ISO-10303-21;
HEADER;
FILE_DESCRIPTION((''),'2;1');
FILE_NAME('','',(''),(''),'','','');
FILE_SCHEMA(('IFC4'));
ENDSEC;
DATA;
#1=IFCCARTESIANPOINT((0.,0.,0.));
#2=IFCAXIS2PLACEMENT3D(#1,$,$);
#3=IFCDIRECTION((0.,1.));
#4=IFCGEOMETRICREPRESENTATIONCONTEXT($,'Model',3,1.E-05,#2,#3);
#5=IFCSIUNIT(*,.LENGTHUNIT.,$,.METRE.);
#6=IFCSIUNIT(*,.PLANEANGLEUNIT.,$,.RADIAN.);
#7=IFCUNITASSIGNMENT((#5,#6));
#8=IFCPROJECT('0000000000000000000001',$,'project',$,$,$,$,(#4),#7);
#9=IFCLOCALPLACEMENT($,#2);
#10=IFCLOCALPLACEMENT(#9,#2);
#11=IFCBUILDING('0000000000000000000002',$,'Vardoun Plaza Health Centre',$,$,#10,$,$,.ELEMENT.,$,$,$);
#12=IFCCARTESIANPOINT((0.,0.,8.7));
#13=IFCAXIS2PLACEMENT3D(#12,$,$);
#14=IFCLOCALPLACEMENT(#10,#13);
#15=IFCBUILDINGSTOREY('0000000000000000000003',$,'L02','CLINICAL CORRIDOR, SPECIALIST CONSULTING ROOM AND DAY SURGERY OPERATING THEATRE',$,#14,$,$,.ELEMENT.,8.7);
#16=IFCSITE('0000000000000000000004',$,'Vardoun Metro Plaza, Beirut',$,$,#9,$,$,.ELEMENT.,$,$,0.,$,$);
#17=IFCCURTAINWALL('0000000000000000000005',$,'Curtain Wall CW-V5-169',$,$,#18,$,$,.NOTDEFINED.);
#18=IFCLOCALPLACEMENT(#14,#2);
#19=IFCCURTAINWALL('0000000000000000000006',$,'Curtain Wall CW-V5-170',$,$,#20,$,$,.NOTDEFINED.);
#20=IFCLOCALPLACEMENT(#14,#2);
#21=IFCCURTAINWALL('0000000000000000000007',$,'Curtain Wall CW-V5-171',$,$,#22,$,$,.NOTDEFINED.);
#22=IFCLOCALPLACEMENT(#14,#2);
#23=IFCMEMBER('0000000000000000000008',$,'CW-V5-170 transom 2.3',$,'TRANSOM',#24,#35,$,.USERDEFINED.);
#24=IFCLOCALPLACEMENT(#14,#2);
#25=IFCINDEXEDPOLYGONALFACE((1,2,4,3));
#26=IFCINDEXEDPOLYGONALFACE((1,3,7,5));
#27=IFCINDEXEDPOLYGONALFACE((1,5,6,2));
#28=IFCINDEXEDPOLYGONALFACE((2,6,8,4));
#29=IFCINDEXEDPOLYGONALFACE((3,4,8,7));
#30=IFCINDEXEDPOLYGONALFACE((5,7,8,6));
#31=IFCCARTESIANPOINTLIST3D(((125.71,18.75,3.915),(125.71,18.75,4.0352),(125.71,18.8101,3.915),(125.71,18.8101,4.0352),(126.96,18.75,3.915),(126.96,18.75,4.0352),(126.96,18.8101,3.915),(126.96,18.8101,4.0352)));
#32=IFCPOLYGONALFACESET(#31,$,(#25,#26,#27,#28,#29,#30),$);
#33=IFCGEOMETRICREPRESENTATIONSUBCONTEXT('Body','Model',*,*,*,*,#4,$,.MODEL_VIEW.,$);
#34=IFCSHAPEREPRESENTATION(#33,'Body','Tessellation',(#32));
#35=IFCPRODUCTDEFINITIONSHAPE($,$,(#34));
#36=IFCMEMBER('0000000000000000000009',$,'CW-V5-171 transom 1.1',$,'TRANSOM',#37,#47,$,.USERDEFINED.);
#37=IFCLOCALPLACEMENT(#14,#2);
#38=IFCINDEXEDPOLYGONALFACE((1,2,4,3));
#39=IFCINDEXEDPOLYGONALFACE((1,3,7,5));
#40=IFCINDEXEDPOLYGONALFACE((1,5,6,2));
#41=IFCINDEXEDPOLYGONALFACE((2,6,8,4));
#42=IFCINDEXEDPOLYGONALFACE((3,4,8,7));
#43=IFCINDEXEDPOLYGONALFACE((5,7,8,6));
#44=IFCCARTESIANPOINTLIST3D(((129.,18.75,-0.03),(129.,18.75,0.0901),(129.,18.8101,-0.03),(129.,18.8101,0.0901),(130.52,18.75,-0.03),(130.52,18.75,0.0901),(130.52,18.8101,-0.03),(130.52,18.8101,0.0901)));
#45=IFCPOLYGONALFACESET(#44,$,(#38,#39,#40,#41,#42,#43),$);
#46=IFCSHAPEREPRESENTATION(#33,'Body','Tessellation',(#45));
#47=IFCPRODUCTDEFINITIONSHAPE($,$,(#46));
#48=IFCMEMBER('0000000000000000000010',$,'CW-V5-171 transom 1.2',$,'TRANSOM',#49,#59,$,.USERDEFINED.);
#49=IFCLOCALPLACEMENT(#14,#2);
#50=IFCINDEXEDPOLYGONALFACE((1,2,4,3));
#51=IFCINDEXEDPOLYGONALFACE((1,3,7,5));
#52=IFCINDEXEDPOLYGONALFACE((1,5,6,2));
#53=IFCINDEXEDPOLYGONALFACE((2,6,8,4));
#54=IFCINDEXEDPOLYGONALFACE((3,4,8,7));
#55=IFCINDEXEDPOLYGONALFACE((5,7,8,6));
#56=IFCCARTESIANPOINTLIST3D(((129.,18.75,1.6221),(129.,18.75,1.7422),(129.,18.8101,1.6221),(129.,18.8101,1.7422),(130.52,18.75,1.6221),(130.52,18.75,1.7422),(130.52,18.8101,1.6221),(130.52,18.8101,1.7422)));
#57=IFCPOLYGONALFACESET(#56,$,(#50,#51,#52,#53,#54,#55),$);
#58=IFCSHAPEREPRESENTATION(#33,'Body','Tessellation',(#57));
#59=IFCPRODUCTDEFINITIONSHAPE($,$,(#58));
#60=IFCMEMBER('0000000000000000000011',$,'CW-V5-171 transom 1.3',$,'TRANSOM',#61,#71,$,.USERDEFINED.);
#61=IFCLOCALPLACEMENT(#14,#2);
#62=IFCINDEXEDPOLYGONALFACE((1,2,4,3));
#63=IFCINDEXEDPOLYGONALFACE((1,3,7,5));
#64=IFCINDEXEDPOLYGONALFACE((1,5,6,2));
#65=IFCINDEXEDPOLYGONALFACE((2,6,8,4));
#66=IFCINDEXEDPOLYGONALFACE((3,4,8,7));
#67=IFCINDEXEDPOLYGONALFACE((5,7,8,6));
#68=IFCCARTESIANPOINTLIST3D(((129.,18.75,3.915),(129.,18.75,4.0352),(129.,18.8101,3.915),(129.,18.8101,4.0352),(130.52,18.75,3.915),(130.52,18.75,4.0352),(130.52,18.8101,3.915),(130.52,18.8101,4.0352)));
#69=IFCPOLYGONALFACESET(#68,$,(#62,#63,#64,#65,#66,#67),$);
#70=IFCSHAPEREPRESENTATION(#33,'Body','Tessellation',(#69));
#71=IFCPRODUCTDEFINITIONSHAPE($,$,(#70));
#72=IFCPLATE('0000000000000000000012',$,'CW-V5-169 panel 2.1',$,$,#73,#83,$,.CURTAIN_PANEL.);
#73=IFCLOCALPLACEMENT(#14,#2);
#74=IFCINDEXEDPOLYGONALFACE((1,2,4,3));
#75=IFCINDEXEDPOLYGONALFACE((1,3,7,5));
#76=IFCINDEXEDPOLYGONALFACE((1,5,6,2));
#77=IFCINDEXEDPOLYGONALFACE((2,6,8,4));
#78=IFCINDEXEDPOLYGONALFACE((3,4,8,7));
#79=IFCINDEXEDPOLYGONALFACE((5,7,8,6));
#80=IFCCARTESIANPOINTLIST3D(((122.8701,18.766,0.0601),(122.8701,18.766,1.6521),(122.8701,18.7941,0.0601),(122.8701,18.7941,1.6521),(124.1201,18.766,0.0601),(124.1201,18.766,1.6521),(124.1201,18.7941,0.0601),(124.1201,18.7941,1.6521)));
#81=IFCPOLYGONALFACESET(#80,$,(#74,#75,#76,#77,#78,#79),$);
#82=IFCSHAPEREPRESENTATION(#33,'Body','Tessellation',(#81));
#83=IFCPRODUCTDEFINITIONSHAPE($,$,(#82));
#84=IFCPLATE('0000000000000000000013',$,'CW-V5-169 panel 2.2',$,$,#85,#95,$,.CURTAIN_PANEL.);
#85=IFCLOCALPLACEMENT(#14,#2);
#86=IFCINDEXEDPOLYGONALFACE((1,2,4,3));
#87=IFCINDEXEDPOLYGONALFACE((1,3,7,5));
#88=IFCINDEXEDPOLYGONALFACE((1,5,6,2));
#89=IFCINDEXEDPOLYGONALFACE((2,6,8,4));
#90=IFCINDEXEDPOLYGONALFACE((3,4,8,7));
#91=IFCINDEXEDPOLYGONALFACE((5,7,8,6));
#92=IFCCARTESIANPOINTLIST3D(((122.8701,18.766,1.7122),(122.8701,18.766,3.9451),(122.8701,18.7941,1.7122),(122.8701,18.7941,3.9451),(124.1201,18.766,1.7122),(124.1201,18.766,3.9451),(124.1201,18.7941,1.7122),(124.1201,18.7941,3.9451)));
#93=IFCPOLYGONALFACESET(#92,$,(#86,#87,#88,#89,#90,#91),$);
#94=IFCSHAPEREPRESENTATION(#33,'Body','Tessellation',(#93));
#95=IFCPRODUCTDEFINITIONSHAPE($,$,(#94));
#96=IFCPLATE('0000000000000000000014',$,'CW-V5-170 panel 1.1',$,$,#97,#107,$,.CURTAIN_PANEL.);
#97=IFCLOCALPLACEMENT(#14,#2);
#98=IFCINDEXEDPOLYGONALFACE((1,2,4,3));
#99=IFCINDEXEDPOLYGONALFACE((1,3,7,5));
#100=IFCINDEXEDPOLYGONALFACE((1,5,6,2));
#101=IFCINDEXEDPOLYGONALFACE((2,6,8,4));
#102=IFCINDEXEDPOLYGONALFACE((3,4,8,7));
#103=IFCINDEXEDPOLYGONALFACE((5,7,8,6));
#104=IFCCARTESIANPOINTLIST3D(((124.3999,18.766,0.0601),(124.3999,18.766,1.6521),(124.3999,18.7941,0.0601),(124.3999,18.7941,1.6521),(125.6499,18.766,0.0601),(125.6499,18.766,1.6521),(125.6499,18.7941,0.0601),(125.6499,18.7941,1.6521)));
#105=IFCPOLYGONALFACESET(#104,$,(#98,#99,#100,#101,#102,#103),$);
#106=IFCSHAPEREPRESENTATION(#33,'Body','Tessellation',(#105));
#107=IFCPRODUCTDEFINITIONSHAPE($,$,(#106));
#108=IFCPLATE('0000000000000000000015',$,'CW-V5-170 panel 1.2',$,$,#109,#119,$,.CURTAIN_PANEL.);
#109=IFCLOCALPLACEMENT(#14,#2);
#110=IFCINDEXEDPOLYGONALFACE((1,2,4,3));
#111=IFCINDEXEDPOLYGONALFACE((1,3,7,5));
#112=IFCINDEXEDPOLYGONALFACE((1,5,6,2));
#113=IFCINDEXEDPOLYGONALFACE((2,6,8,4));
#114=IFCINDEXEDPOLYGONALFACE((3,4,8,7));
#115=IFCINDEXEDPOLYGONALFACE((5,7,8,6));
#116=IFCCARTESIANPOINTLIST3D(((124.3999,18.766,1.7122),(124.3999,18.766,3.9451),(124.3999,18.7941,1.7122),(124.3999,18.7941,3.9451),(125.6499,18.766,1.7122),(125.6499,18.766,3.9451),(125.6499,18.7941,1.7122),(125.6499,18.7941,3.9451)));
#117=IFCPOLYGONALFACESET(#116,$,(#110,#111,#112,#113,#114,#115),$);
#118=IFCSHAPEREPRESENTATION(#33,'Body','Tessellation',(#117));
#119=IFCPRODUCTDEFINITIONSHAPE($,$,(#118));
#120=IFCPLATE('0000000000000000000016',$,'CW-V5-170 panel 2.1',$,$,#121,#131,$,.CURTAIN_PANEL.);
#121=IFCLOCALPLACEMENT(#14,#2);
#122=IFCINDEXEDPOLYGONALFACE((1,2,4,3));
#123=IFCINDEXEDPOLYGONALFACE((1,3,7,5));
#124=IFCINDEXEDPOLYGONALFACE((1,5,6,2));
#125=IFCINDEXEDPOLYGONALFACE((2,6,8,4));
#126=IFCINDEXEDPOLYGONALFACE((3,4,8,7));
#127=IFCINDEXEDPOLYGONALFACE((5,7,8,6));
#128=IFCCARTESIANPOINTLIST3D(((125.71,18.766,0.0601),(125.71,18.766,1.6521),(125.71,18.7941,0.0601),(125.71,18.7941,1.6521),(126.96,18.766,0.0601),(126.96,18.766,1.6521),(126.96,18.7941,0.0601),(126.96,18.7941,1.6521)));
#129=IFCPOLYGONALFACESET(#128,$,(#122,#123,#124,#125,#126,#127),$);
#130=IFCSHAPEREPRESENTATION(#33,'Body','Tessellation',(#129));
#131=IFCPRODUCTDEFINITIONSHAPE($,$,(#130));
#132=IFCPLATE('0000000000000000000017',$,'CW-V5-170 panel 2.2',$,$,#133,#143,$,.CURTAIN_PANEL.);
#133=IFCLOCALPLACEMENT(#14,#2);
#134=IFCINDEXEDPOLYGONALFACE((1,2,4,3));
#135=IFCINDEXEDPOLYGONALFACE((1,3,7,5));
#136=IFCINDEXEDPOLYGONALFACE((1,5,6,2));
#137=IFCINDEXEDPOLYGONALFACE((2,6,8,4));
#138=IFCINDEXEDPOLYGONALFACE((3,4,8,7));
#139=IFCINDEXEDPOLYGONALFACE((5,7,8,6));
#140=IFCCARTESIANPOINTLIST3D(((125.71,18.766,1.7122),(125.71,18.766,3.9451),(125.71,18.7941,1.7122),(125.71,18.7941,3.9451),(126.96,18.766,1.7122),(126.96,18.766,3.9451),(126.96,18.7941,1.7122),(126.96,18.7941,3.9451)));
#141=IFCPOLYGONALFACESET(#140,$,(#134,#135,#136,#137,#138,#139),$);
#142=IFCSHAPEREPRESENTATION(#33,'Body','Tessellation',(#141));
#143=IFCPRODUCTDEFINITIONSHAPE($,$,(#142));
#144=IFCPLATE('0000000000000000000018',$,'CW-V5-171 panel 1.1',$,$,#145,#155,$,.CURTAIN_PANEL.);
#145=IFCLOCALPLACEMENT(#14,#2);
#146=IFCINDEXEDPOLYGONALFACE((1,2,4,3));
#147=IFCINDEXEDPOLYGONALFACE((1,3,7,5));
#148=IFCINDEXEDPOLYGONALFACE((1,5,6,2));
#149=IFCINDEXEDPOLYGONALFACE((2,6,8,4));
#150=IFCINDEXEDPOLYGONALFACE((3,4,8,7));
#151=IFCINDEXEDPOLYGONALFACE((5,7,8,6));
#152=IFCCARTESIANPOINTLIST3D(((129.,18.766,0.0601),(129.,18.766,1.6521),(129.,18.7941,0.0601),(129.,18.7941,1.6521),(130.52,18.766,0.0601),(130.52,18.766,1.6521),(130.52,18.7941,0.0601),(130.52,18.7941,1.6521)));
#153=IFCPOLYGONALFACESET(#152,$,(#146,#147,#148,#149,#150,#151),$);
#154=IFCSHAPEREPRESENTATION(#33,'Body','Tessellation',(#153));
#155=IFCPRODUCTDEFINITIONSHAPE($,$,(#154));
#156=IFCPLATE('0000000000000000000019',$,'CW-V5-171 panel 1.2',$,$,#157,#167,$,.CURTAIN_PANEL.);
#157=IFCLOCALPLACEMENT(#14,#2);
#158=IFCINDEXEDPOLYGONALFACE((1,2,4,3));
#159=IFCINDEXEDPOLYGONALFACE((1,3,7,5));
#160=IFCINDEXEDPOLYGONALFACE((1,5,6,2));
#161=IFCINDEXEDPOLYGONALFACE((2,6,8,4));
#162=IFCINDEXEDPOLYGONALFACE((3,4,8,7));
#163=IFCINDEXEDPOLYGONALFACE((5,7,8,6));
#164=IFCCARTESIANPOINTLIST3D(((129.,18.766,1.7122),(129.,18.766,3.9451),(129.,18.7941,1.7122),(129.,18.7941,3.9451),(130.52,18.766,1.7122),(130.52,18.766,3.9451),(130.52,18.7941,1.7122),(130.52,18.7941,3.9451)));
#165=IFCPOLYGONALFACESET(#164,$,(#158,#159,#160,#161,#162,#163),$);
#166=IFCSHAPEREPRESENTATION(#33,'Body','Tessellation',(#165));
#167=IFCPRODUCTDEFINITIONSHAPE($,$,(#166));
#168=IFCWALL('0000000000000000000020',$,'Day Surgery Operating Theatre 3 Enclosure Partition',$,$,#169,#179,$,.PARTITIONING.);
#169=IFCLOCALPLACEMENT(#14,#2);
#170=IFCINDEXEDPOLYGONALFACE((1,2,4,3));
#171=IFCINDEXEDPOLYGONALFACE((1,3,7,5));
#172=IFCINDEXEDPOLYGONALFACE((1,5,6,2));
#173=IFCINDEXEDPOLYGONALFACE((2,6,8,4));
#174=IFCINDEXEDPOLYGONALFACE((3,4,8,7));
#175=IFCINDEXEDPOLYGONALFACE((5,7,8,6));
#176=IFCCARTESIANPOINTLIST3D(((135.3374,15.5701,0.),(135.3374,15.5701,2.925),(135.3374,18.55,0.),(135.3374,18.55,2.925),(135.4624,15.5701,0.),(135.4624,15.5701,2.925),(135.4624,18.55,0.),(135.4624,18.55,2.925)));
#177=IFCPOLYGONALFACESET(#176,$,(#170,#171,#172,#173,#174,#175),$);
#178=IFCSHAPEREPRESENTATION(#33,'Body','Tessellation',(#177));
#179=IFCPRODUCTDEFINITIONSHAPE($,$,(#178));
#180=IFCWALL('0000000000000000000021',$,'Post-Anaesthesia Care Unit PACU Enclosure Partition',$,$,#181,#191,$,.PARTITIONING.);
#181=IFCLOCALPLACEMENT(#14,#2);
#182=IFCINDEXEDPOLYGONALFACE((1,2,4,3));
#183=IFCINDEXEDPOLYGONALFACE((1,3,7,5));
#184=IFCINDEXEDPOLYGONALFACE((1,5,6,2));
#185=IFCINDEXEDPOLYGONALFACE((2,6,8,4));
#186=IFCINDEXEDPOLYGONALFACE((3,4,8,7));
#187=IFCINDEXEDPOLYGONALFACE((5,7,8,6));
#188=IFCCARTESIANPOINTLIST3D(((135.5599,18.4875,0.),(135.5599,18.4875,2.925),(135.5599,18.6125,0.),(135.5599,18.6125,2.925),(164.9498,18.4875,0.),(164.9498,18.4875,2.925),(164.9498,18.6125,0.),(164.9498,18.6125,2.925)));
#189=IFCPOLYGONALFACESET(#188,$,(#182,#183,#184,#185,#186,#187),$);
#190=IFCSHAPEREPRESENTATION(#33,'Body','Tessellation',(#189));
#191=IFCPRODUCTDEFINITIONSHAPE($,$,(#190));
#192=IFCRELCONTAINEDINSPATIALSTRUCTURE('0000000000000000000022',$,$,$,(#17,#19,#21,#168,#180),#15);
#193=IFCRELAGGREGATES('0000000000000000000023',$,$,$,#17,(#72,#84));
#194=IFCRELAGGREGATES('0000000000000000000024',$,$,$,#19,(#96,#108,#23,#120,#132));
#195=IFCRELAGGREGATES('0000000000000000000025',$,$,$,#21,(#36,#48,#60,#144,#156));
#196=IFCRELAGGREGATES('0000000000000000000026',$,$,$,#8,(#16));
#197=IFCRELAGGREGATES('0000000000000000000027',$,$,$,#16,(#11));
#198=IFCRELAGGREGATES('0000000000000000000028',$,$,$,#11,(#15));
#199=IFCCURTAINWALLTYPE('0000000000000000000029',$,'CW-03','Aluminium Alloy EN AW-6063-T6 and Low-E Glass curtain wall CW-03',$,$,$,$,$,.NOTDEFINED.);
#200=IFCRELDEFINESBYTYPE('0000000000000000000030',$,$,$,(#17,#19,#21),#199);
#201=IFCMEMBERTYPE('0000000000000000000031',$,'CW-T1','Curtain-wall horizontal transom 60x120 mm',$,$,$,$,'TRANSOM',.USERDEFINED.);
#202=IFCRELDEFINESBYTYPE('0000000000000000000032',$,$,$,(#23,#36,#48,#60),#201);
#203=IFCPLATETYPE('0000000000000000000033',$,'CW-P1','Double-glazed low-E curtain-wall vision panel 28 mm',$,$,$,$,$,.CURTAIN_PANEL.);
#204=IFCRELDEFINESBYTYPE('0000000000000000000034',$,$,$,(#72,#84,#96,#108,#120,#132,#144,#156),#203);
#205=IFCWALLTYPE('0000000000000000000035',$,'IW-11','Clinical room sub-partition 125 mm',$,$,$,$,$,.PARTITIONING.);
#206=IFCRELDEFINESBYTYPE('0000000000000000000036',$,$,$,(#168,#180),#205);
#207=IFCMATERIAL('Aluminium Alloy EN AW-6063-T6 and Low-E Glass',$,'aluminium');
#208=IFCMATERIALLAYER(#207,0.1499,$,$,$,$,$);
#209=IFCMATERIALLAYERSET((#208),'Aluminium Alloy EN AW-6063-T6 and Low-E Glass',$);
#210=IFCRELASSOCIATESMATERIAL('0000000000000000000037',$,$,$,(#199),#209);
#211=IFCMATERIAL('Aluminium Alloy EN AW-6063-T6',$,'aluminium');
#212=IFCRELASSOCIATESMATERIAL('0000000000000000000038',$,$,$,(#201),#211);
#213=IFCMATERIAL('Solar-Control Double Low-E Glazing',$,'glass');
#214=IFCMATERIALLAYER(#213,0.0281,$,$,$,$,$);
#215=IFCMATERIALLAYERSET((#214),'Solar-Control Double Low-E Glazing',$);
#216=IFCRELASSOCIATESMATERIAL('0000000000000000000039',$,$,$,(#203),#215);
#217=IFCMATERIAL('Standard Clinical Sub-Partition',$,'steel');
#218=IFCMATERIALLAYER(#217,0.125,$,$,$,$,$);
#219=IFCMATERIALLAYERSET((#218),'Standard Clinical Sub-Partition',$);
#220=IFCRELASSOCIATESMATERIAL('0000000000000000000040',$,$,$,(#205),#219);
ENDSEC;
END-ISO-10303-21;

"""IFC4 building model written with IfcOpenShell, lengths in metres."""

from ifc_helpers import new_model, si_unit, direction, frame, frame_2d, origin, origin_2d, place, context, subcontext, project, spatial, rectangle, extrude, material, layer, layer_set, material_profile, profile_set, type_object, element, aggregate, save


model = new_model("IFC4")

# Units and contexts
model_context = context("Model", 3, precision=1e-05, world=origin(), true_north=direction((0.0, 1.0)))
body_context = subcontext(model_context, "Body", "Model", "MODEL_VIEW")
ifc_project = project(units=[si_unit("LENGTHUNIT", "METRE"), si_unit("PLANEANGLEUNIT", "RADIAN")], contexts=[model_context])

# Site, building, storey
site_placement = place(None, origin())
site = spatial("IfcSite", under=ifc_project, at=site_placement, Name="Vardoun Metro Plaza, Beirut", CompositionType="ELEMENT", RefElevation=0.0)
building_placement = place(site_placement, origin())
building = spatial("IfcBuilding", under=site, at=building_placement, Name="Vardoun Plaza Health Centre", CompositionType="ELEMENT")
storey_placement = place(building_placement, frame((0.0, 0.0, 8.7)))
storey = spatial("IfcBuildingStorey", under=building, at=storey_placement, Name="L02", Description="CLINICAL CORRIDOR, SPECIALIST CONSULTING ROOM AND DAY SURGERY OPERATING THEATRE", CompositionType="ELEMENT", Elevation=8.7)

# Curtain wall
ifc_material_1 = material(Name="Aluminium Alloy EN AW-6063-T6 and Low-E Glass", Category="aluminium")
ifc_layer_1 = layer(ifc_material_1, 0.1499)
ifc_layer_set_1 = layer_set([ifc_layer_1], Name="Aluminium Alloy EN AW-6063-T6 and Low-E Glass")
curtain_wall_type = type_object("IfcCurtainWallType", Name="CW-03", Description="Aluminium Alloy EN AW-6063-T6 and Low-E Glass curtain wall CW-03", PredefinedType="NOTDEFINED", material=ifc_layer_set_1)
curtain_wall_1_placement = place(storey_placement, origin())
curtain_wall_1 = element("IfcCurtainWall", 1, at=curtain_wall_1_placement, inside=storey, type_object=curtain_wall_type, Name="Curtain Wall CW-V5-169", PredefinedType="NOTDEFINED")

# Curtain wall
curtain_wall_2_placement = place(storey_placement, origin())
curtain_wall_2 = element("IfcCurtainWall", 2, at=curtain_wall_2_placement, inside=storey, type_object=curtain_wall_type, Name="Curtain Wall CW-V5-170", PredefinedType="NOTDEFINED")

# Curtain wall
curtain_wall_3_placement = place(storey_placement, origin())
curtain_wall_3 = element("IfcCurtainWall", 3, at=curtain_wall_3_placement, inside=storey, type_object=curtain_wall_type, Name="Curtain Wall CW-V5-171", PredefinedType="NOTDEFINED")

# Members
ifc_material_2 = material(Name="Aluminium Alloy EN AW-6063-T6", Category="aluminium")
ifc_material_profile_1 = material_profile(ifc_material_2, rectangle(XDim=0.0601, YDim=0.1201, at=origin_2d()), Name="CWT 60x120")
ifc_profile_set_1 = profile_set([ifc_material_profile_1], Name="Aluminium Alloy EN AW-6063-T6")
member_type_1 = type_object("IfcMemberType", Name="CW-T1", Description="Curtain-wall horizontal transom 60x120 mm", ElementType="TRANSOM", PredefinedType="USERDEFINED", material=ifc_profile_set_1)
member_1_placement = place(storey_placement, frame((125.71, 18.78, 3.9751), z_axis=(1.0, 0.0, 0.0), x_axis=(0.0, 1.0, 0.0)))
member_1 = element("IfcMember", 4, at=member_1_placement, type_object=member_type_1, Name="CW-V5-170 transom 2.3", ObjectType="TRANSOM", PredefinedType="USERDEFINED", context=body_context, shape_type="SweptSolid", body=[
    extrude(rectangle(XDim=0.0601, YDim=0.1201, at=origin_2d()), origin(), (0.0, 0.0, 1.0), 1.25),
])
member_2_placement = place(storey_placement, frame((129.0, 18.78, 0.03), z_axis=(1.0, 0.0, 0.0), x_axis=(0.0, 1.0, 0.0)))
member_2 = element("IfcMember", 5, at=member_2_placement, type_object=member_type_1, Name="CW-V5-171 transom 1.1", ObjectType="TRANSOM", PredefinedType="USERDEFINED", context=body_context, shape_type="SweptSolid", body=[
    extrude(rectangle(XDim=0.0601, YDim=0.1201, at=origin_2d()), origin(), (0.0, 0.0, 1.0), 1.52),
])
member_3_placement = place(storey_placement, frame((129.0, 18.78, 1.6821), z_axis=(1.0, 0.0, 0.0), x_axis=(0.0, 1.0, 0.0)))
member_3 = element("IfcMember", 6, at=member_3_placement, type_object=member_type_1, Name="CW-V5-171 transom 1.2", ObjectType="TRANSOM", PredefinedType="USERDEFINED", context=body_context, shape_type="SweptSolid", body=[
    extrude(rectangle(XDim=0.0601, YDim=0.1201, at=origin_2d()), origin(), (0.0, 0.0, 1.0), 1.52),
])
member_4_placement = place(storey_placement, frame((129.0, 18.78, 3.9751), z_axis=(1.0, 0.0, 0.0), x_axis=(0.0, 1.0, 0.0)))
member_4 = element("IfcMember", 7, at=member_4_placement, type_object=member_type_1, Name="CW-V5-171 transom 1.3", ObjectType="TRANSOM", PredefinedType="USERDEFINED", context=body_context, shape_type="SweptSolid", body=[
    extrude(rectangle(XDim=0.0601, YDim=0.1201, at=origin_2d()), origin(), (0.0, 0.0, 1.0), 1.52),
])

# Plates
ifc_material_3 = material(Name="Solar-Control Double Low-E Glazing", Category="glass")
ifc_layer_2 = layer(ifc_material_3, 0.0281)
ifc_layer_set_2 = layer_set([ifc_layer_2], Name="Solar-Control Double Low-E Glazing")
plate_type = type_object("IfcPlateType", Name="CW-P1", Description="Double-glazed low-E curtain-wall vision panel 28 mm", PredefinedType="CURTAIN_PANEL", material=ifc_layer_set_2)
plate_1_placement = place(storey_placement, frame((123.4951, 18.78, 0.0601), z_axis=(0.0, 0.0, 1.0), x_axis=(1.0, 0.0, 0.0)))
plate_1 = element("IfcPlate", 8, at=plate_1_placement, type_object=plate_type, Name="CW-V5-169 panel 2.1", PredefinedType="CURTAIN_PANEL", context=body_context, shape_type="SweptSolid", body=[
    extrude(rectangle(XDim=1.25, YDim=0.0281, at=origin_2d()), origin(), (0.0, 0.0, 1.0), 1.592),
])
plate_2_placement = place(storey_placement, frame((123.4951, 18.78, 1.7122), z_axis=(0.0, 0.0, 1.0), x_axis=(1.0, 0.0, 0.0)))
plate_2 = element("IfcPlate", 9, at=plate_2_placement, type_object=plate_type, Name="CW-V5-169 panel 2.2", PredefinedType="CURTAIN_PANEL", context=body_context, shape_type="SweptSolid", body=[
    extrude(rectangle(XDim=1.25, YDim=0.0281, at=origin_2d()), origin(), (0.0, 0.0, 1.0), 2.2329),
])
aggregate(curtain_wall_1, [plate_1, plate_2])
plate_3_placement = place(storey_placement, frame((125.0249, 18.78, 0.0601), z_axis=(0.0, 0.0, 1.0), x_axis=(1.0, 0.0, 0.0)))
plate_3 = element("IfcPlate", 10, at=plate_3_placement, type_object=plate_type, Name="CW-V5-170 panel 1.1", PredefinedType="CURTAIN_PANEL", context=body_context, shape_type="SweptSolid", body=[
    extrude(rectangle(XDim=1.25, YDim=0.0281, at=origin_2d()), origin(), (0.0, 0.0, 1.0), 1.592),
])
plate_4_placement = place(storey_placement, frame((125.0249, 18.78, 1.7122), z_axis=(0.0, 0.0, 1.0), x_axis=(1.0, 0.0, 0.0)))
plate_4 = element("IfcPlate", 11, at=plate_4_placement, type_object=plate_type, Name="CW-V5-170 panel 1.2", PredefinedType="CURTAIN_PANEL", context=body_context, shape_type="SweptSolid", body=[
    extrude(rectangle(XDim=1.25, YDim=0.0281, at=origin_2d()), origin(), (0.0, 0.0, 1.0), 2.2329),
])
plate_5_placement = place(storey_placement, frame((126.335, 18.78, 0.0601), z_axis=(0.0, 0.0, 1.0), x_axis=(1.0, 0.0, 0.0)))
plate_5 = element("IfcPlate", 12, at=plate_5_placement, type_object=plate_type, Name="CW-V5-170 panel 2.1", PredefinedType="CURTAIN_PANEL", context=body_context, shape_type="SweptSolid", body=[
    extrude(rectangle(XDim=1.25, YDim=0.0281, at=origin_2d()), origin(), (0.0, 0.0, 1.0), 1.592),
])
plate_6_placement = place(storey_placement, frame((126.335, 18.78, 1.7122), z_axis=(0.0, 0.0, 1.0), x_axis=(1.0, 0.0, 0.0)))
plate_6 = element("IfcPlate", 13, at=plate_6_placement, type_object=plate_type, Name="CW-V5-170 panel 2.2", PredefinedType="CURTAIN_PANEL", context=body_context, shape_type="SweptSolid", body=[
    extrude(rectangle(XDim=1.25, YDim=0.0281, at=origin_2d()), origin(), (0.0, 0.0, 1.0), 2.2329),
])
aggregate(curtain_wall_2, [plate_3, plate_4, member_1, plate_5, plate_6])
plate_7_placement = place(storey_placement, frame((129.76, 18.78, 0.0601), z_axis=(0.0, 0.0, 1.0), x_axis=(1.0, 0.0, 0.0)))
plate_7 = element("IfcPlate", 14, at=plate_7_placement, type_object=plate_type, Name="CW-V5-171 panel 1.1", PredefinedType="CURTAIN_PANEL", context=body_context, shape_type="SweptSolid", body=[
    extrude(rectangle(XDim=1.52, YDim=0.0281, at=origin_2d()), origin(), (0.0, 0.0, 1.0), 1.592),
])
plate_8_placement = place(storey_placement, frame((129.76, 18.78, 1.7122), z_axis=(0.0, 0.0, 1.0), x_axis=(1.0, 0.0, 0.0)))
plate_8 = element("IfcPlate", 15, at=plate_8_placement, type_object=plate_type, Name="CW-V5-171 panel 1.2", PredefinedType="CURTAIN_PANEL", context=body_context, shape_type="SweptSolid", body=[
    extrude(rectangle(XDim=1.52, YDim=0.0281, at=origin_2d()), origin(), (0.0, 0.0, 1.0), 2.2329),
])
aggregate(curtain_wall_3, [member_2, member_3, member_4, plate_7, plate_8])

# Walls
ifc_material_4 = material(Name="Standard Clinical Sub-Partition", Category="steel")
ifc_layer_3 = layer(ifc_material_4, 0.125)
ifc_layer_set_3 = layer_set([ifc_layer_3], Name="Standard Clinical Sub-Partition")
wall_type = type_object("IfcWallType", Name="IW-11", Description="Clinical room sub-partition 125 mm", PredefinedType="PARTITIONING", material=ifc_layer_set_3)
wall_1_placement = place(storey_placement, frame((135.3999, 18.55, 0.0), z_axis=(0.0, 0.0, 1.0), x_axis=(0.0, -1.0, 0.0)))
element("IfcWall", 16, at=wall_1_placement, inside=storey, type_object=wall_type, Name="Day Surgery Operating Theatre 3 Enclosure Partition", PredefinedType="PARTITIONING", context=body_context, shape_type="SweptSolid", body=[
    extrude(rectangle(XDim=2.98, YDim=0.125, at=frame_2d((1.49, 0.0))), origin(), (0.0, 0.0, 1.0), 2.925),
])
wall_2_placement = place(storey_placement, frame((135.5601, 18.55, 0.0), z_axis=(0.0, 0.0, 1.0), x_axis=(1.0, 0.0, 0.0)))
element("IfcWall", 17, at=wall_2_placement, inside=storey, type_object=wall_type, Name="Post-Anaesthesia Care Unit PACU Enclosure Partition", PredefinedType="PARTITIONING", context=body_context, shape_type="SweptSolid", body=[
    extrude(rectangle(XDim=29.3899, YDim=0.125, at=frame_2d((14.6948, 0.0))), origin(), (0.0, 0.0, 1.0), 2.925),
])

save(model, "model.ifc")
